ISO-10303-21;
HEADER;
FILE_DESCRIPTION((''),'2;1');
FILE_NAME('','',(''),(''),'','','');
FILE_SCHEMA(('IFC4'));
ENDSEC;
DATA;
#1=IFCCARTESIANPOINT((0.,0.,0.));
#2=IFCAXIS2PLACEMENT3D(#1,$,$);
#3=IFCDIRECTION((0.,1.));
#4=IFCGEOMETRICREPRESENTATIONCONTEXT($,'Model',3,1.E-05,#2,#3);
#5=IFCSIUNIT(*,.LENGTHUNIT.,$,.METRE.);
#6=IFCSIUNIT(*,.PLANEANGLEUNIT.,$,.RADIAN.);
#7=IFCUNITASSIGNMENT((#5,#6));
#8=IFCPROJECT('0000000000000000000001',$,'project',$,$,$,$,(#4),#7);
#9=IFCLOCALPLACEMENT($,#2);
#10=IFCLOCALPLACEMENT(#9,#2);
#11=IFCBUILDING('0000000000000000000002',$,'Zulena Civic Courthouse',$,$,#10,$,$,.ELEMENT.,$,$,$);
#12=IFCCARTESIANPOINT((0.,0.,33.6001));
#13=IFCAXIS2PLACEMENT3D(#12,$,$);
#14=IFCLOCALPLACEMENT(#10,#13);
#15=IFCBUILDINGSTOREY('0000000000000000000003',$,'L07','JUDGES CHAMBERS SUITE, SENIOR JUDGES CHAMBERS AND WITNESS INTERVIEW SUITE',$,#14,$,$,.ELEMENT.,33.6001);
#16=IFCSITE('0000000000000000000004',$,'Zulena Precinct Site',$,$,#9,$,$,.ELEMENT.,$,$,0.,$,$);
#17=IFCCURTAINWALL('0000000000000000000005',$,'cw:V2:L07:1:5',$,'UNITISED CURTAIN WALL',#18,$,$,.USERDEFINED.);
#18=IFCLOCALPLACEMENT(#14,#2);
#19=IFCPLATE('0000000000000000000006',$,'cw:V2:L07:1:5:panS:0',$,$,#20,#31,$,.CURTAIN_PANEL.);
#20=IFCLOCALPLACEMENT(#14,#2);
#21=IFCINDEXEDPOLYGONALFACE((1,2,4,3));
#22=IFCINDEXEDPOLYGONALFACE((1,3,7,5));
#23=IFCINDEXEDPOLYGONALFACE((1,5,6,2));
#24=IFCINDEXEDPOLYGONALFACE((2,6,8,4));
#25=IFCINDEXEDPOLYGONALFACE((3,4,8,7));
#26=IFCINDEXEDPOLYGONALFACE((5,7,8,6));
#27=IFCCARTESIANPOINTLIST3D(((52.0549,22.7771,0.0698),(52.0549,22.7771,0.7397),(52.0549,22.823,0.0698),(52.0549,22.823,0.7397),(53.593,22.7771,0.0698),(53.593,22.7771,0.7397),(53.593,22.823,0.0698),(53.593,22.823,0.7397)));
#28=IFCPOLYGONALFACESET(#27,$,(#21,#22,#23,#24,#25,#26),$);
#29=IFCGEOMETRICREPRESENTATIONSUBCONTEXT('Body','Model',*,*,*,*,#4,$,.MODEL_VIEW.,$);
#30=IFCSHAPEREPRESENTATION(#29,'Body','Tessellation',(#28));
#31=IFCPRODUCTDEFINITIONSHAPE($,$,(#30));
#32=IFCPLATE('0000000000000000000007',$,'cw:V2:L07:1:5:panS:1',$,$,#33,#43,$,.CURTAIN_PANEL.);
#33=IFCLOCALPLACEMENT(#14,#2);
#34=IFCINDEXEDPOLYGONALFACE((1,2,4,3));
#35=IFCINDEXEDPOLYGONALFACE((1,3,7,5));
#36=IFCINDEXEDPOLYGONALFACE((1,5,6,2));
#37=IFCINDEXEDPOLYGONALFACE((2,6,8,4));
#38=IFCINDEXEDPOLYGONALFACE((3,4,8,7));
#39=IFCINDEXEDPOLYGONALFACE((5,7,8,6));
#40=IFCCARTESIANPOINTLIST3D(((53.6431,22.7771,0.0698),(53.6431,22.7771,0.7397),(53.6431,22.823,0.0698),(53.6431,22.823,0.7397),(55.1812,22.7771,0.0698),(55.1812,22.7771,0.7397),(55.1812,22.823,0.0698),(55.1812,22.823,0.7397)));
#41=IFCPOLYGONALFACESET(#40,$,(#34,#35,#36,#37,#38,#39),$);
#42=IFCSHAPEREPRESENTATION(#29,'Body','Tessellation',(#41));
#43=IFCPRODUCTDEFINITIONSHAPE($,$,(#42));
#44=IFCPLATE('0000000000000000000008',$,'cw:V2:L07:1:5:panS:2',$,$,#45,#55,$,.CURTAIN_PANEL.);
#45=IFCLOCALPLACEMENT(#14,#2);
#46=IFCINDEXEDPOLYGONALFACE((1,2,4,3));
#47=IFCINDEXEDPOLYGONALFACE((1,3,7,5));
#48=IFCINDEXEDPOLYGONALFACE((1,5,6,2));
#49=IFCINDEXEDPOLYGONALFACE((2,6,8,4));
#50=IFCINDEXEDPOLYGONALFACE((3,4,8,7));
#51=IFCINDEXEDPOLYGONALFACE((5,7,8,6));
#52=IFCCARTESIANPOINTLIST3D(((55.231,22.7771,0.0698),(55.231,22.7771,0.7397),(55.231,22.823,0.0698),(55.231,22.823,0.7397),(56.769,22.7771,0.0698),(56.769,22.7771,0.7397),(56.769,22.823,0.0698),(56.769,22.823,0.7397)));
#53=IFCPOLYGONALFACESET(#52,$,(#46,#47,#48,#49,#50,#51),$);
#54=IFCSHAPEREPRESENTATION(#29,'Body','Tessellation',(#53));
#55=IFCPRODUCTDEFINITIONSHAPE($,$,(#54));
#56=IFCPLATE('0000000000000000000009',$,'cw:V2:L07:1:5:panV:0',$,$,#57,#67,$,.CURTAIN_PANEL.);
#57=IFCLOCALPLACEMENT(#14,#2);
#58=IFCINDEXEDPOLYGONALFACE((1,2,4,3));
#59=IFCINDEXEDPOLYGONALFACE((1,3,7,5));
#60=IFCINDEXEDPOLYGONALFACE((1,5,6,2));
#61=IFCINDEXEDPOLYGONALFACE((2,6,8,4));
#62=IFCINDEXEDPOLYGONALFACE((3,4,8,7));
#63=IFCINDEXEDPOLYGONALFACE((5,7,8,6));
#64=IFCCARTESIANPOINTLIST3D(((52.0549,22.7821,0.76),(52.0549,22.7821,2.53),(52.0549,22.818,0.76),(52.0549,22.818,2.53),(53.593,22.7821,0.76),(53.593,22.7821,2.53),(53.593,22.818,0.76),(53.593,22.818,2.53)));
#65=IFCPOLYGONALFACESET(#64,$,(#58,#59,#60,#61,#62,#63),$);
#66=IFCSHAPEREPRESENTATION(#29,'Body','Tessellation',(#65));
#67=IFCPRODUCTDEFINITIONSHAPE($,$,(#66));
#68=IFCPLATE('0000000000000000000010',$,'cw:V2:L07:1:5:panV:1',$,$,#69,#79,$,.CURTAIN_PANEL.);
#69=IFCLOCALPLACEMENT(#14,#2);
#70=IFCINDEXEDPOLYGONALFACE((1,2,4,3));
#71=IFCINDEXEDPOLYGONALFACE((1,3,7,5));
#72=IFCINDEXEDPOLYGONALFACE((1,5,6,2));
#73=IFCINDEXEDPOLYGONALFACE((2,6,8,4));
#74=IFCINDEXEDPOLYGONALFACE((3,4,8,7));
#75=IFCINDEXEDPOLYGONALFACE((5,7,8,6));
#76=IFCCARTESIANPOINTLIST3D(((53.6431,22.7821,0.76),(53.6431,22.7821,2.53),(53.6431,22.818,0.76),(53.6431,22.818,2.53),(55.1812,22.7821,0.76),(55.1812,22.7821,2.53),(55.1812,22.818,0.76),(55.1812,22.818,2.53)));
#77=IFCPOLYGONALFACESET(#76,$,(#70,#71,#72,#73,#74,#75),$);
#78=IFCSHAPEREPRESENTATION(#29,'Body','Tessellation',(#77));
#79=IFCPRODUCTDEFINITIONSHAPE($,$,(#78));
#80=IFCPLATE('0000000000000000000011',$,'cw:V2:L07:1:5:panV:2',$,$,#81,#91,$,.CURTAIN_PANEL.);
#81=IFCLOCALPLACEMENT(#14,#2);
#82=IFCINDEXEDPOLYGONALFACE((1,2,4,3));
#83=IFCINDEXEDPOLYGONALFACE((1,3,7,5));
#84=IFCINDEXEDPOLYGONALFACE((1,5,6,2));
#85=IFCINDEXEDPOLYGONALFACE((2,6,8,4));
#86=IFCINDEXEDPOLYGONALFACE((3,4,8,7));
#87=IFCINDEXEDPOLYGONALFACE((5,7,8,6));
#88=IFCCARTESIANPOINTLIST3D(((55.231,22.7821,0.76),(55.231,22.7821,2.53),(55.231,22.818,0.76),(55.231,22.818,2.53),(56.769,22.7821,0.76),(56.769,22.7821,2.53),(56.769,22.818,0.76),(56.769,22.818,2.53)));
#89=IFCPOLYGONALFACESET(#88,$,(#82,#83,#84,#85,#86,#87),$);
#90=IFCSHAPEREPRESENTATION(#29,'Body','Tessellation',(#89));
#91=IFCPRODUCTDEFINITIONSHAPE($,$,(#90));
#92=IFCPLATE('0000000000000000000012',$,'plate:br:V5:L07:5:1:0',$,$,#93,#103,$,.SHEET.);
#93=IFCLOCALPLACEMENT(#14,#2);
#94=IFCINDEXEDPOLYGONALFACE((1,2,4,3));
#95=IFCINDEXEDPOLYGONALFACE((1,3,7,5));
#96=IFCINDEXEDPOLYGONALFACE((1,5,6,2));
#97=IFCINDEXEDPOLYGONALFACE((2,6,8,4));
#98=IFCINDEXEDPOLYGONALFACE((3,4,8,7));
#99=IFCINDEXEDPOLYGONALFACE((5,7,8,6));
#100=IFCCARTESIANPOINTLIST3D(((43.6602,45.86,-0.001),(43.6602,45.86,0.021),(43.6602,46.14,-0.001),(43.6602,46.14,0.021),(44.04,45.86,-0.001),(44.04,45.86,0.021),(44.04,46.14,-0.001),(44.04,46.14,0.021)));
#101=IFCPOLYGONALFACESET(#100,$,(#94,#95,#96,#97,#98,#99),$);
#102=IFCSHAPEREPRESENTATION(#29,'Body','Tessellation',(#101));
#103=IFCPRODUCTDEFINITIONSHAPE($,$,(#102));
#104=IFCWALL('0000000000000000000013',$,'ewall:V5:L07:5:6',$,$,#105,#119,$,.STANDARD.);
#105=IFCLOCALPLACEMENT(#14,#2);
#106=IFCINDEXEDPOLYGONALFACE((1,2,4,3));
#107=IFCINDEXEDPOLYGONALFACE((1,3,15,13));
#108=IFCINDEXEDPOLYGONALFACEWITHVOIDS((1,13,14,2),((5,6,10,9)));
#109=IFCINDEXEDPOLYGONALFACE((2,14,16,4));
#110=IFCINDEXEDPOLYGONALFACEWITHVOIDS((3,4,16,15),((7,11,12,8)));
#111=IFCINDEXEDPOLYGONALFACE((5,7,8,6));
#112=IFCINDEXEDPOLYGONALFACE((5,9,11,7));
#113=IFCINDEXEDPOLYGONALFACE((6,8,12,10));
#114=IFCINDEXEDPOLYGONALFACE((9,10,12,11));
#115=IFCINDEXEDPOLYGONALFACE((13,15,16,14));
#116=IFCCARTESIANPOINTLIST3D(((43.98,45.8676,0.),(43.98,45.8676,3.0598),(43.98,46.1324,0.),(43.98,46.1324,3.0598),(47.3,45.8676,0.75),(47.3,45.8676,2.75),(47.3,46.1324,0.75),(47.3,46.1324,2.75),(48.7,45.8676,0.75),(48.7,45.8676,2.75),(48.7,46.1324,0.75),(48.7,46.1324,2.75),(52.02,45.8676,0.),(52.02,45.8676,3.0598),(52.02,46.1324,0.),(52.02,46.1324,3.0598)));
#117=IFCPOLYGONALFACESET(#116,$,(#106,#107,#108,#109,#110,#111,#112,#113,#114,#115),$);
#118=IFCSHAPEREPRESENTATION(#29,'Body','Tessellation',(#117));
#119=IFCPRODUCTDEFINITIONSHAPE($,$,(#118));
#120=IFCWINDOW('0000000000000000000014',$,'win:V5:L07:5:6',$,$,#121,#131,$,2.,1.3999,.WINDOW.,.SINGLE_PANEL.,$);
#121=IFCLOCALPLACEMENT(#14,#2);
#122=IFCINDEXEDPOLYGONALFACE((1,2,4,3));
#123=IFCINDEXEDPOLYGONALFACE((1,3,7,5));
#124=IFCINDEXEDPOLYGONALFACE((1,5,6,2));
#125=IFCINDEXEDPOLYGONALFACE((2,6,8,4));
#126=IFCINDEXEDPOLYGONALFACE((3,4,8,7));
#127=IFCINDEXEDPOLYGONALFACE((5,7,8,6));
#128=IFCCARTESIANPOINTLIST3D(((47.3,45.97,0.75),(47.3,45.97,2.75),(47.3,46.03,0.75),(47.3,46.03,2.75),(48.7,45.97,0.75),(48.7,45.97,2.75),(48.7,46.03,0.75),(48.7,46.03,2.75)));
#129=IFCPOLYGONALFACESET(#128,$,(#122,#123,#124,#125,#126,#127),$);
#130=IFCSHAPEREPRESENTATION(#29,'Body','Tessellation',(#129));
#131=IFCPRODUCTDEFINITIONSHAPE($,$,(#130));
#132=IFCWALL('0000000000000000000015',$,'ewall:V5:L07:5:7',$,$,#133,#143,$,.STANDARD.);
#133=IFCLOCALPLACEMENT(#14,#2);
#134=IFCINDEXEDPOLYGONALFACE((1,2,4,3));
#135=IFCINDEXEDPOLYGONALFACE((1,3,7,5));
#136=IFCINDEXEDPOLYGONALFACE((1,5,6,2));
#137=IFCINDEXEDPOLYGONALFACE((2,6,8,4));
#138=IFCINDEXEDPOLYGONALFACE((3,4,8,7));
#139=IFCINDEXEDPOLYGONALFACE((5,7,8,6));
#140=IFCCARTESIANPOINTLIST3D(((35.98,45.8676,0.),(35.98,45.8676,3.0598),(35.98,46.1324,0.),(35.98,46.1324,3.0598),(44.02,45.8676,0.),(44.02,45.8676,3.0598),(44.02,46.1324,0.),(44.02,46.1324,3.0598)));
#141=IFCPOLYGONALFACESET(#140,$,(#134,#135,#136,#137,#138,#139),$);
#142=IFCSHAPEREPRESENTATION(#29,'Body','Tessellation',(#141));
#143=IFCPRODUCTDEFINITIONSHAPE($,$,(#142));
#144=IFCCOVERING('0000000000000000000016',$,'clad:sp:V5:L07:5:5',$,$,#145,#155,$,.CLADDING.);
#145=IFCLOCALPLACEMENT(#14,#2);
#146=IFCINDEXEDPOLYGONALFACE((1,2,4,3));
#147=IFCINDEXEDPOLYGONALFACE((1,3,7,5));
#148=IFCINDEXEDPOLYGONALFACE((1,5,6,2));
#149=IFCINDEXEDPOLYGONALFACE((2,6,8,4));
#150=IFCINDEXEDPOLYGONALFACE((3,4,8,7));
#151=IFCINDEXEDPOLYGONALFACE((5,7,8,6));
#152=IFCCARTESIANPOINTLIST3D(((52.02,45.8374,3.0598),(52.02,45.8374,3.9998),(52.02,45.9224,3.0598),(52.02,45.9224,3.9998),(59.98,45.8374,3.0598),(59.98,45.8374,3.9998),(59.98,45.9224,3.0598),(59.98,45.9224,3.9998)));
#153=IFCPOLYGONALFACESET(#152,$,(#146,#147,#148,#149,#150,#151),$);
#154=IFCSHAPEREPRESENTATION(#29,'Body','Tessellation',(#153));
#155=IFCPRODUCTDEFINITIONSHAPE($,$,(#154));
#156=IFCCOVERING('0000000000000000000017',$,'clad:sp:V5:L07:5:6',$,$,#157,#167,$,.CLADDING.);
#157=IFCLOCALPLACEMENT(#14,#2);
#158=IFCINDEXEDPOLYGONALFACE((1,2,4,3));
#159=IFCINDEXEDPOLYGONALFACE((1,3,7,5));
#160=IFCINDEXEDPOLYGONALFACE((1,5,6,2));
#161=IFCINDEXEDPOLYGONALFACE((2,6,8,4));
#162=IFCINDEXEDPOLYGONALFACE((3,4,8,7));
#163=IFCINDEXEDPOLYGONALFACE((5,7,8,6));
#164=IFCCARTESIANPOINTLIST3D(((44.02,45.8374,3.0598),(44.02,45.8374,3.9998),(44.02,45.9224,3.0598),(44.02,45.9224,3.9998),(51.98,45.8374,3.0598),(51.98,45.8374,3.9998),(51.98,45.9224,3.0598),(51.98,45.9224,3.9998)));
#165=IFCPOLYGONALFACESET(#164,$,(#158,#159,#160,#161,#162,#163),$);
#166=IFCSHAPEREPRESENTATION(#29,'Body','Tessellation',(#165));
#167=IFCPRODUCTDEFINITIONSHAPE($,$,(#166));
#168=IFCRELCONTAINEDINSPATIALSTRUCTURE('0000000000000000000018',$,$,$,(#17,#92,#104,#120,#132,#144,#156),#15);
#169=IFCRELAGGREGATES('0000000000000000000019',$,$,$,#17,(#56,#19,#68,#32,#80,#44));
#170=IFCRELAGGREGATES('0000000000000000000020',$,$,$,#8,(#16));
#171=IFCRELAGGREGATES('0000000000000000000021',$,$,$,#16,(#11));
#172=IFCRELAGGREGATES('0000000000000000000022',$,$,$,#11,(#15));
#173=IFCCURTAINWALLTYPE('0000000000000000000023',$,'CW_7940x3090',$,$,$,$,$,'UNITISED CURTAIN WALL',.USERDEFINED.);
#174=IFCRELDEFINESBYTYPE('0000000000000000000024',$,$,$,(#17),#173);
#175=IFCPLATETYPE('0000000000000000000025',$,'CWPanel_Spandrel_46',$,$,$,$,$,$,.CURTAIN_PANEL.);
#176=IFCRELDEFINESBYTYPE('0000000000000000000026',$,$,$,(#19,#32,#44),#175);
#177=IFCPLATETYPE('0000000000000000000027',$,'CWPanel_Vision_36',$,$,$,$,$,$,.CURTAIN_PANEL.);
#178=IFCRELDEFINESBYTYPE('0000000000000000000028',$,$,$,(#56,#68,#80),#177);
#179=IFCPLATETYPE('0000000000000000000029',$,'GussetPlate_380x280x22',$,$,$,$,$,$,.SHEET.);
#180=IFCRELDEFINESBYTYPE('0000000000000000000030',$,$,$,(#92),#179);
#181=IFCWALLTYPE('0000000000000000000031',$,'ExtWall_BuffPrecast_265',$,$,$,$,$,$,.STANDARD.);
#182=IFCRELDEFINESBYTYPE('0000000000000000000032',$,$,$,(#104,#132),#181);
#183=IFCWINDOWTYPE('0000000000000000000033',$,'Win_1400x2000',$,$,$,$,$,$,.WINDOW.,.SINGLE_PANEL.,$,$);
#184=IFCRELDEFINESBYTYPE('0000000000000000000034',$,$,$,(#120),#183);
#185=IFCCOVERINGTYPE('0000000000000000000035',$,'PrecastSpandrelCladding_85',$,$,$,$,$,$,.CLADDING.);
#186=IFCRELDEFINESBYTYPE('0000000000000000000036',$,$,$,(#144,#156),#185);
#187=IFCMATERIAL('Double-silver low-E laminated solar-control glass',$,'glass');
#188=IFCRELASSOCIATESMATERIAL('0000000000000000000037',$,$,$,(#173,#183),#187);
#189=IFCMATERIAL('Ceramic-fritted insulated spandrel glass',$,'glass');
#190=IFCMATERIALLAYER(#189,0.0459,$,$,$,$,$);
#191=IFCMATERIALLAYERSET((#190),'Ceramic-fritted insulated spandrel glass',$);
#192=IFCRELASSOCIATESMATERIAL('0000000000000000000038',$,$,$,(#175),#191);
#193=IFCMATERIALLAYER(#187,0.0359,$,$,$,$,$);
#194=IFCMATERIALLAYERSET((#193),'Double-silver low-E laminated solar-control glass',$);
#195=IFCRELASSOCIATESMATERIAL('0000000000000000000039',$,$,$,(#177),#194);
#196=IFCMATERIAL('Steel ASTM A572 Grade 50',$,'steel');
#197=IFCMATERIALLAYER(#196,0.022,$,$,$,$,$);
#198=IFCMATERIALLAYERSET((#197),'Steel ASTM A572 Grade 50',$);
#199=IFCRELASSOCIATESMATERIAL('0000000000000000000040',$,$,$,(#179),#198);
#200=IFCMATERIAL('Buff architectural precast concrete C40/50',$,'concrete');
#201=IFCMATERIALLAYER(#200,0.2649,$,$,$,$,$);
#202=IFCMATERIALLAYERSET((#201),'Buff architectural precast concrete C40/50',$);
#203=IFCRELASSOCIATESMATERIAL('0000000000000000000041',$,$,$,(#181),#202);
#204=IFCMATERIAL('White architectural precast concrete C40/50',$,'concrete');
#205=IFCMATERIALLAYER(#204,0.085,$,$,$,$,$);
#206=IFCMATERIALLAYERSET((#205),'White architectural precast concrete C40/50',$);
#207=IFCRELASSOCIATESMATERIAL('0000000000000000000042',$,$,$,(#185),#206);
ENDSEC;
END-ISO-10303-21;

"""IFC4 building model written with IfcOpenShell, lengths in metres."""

from ifc_helpers import new_model, si_unit, direction, frame, frame_2d, origin, origin_2d, place, context, subcontext, project, spatial, rectangle, extrude, material, layer, layer_set, type_object, element, fill, aggregate, save


model = new_model("IFC4")

# Units and contexts
model_context = context("Model", 3, precision=1e-05, world=origin(), true_north=direction((0.0, 1.0)))
body_context = subcontext(model_context, "Body", "Model", "MODEL_VIEW")
ifc_project = project(units=[si_unit("LENGTHUNIT", "METRE"), si_unit("PLANEANGLEUNIT", "RADIAN")], contexts=[model_context])

# Site, building, storey
site_placement = place(None, origin())
site = spatial("IfcSite", under=ifc_project, at=site_placement, Name="Zulena Precinct Site", CompositionType="ELEMENT", RefElevation=0.0)
building_placement = place(site_placement, origin())
building = spatial("IfcBuilding", under=site, at=building_placement, Name="Zulena Civic Courthouse", CompositionType="ELEMENT")
storey_placement = place(building_placement, frame((0.0, 0.0, 33.6001)))
storey = spatial("IfcBuildingStorey", under=building, at=storey_placement, Name="L07", Description="JUDGES CHAMBERS SUITE, SENIOR JUDGES CHAMBERS AND WITNESS INTERVIEW SUITE", CompositionType="ELEMENT", Elevation=33.6001)

# Curtain wall
ifc_material_1 = material(Name="Double-silver low-E laminated solar-control glass", Category="glass")
curtain_wall_type = type_object("IfcCurtainWallType", Name="CW_7940x3090", ElementType="UNITISED CURTAIN WALL", PredefinedType="USERDEFINED", material=ifc_material_1)
curtain_wall_placement = place(storey_placement, origin())
curtain_wall = element("IfcCurtainWall", 1, at=curtain_wall_placement, inside=storey, type_object=curtain_wall_type, Name="cw:V2:L07:1:5", ObjectType="UNITISED CURTAIN WALL", PredefinedType="USERDEFINED")

# Plates
ifc_material_2 = material(Name="Ceramic-fritted insulated spandrel glass", Category="glass")
ifc_layer_1 = layer(ifc_material_2, 0.0459)
ifc_layer_set_1 = layer_set([ifc_layer_1], Name="Ceramic-fritted insulated spandrel glass")
plate_type_1 = type_object("IfcPlateType", Name="CWPanel_Spandrel_46", PredefinedType="CURTAIN_PANEL", material=ifc_layer_set_1)
plate_1_placement = place(storey_placement, frame((52.824, 22.8, 0.0698), z_axis=(0.0, 0.0, 1.0), x_axis=(1.0, 0.0, 0.0)))
plate_1 = element("IfcPlate", 2, at=plate_1_placement, type_object=plate_type_1, Name="cw:V2:L07:1:5:panS:0", PredefinedType="CURTAIN_PANEL", context=body_context, shape_type="SweptSolid", body=[
    extrude(rectangle(XDim=1.5381, YDim=0.0459, at=origin_2d()), origin(), (0.0, 0.0, 1.0), 0.6699),
])
plate_2_placement = place(storey_placement, frame((54.4121, 22.8, 0.0698), z_axis=(0.0, 0.0, 1.0), x_axis=(1.0, 0.0, 0.0)))
plate_2 = element("IfcPlate", 3, at=plate_2_placement, type_object=plate_type_1, Name="cw:V2:L07:1:5:panS:1", PredefinedType="CURTAIN_PANEL", context=body_context, shape_type="SweptSolid", body=[
    extrude(rectangle(XDim=1.5381, YDim=0.0459, at=origin_2d()), origin(), (0.0, 0.0, 1.0), 0.6699),
])
plate_3_placement = place(storey_placement, frame((56.0, 22.8, 0.0698), z_axis=(0.0, 0.0, 1.0), x_axis=(1.0, 0.0, 0.0)))
plate_3 = element("IfcPlate", 4, at=plate_3_placement, type_object=plate_type_1, Name="cw:V2:L07:1:5:panS:2", PredefinedType="CURTAIN_PANEL", context=body_context, shape_type="SweptSolid", body=[
    extrude(rectangle(XDim=1.5381, YDim=0.0459, at=origin_2d()), origin(), (0.0, 0.0, 1.0), 0.6699),
])
ifc_layer_2 = layer(ifc_material_1, 0.0359)
ifc_layer_set_2 = layer_set([ifc_layer_2], Name="Double-silver low-E laminated solar-control glass")
plate_type_2 = type_object("IfcPlateType", Name="CWPanel_Vision_36", PredefinedType="CURTAIN_PANEL", material=ifc_layer_set_2)
plate_4_placement = place(storey_placement, frame((52.824, 22.8, 0.76), z_axis=(0.0, 0.0, 1.0), x_axis=(1.0, 0.0, 0.0)))
plate_4 = element("IfcPlate", 5, at=plate_4_placement, type_object=plate_type_2, Name="cw:V2:L07:1:5:panV:0", PredefinedType="CURTAIN_PANEL", context=body_context, shape_type="SweptSolid", body=[
    extrude(rectangle(XDim=1.5381, YDim=0.0359, at=origin_2d()), origin(), (0.0, 0.0, 1.0), 1.77),
])
plate_5_placement = place(storey_placement, frame((54.4121, 22.8, 0.76), z_axis=(0.0, 0.0, 1.0), x_axis=(1.0, 0.0, 0.0)))
plate_5 = element("IfcPlate", 6, at=plate_5_placement, type_object=plate_type_2, Name="cw:V2:L07:1:5:panV:1", PredefinedType="CURTAIN_PANEL", context=body_context, shape_type="SweptSolid", body=[
    extrude(rectangle(XDim=1.5381, YDim=0.0359, at=origin_2d()), origin(), (0.0, 0.0, 1.0), 1.77),
])
plate_6_placement = place(storey_placement, frame((56.0, 22.8, 0.76), z_axis=(0.0, 0.0, 1.0), x_axis=(1.0, 0.0, 0.0)))
plate_6 = element("IfcPlate", 7, at=plate_6_placement, type_object=plate_type_2, Name="cw:V2:L07:1:5:panV:2", PredefinedType="CURTAIN_PANEL", context=body_context, shape_type="SweptSolid", body=[
    extrude(rectangle(XDim=1.5381, YDim=0.0359, at=origin_2d()), origin(), (0.0, 0.0, 1.0), 1.77),
])
aggregate(curtain_wall, [plate_4, plate_1, plate_5, plate_2, plate_6, plate_3])
ifc_material_3 = material(Name="Steel ASTM A572 Grade 50", Category="steel")
ifc_layer_3 = layer(ifc_material_3, 0.022)
ifc_layer_set_3 = layer_set([ifc_layer_3], Name="Steel ASTM A572 Grade 50")
plate_type_3 = type_object("IfcPlateType", Name="GussetPlate_380x280x22", PredefinedType="SHEET", material=ifc_layer_set_3)
plate_7_placement = place(storey_placement, frame((43.8501, 46.0, -0.001), z_axis=(0.0, 0.0, 1.0), x_axis=(1.0, 0.0, 0.0)))
element("IfcPlate", 8, at=plate_7_placement, inside=storey, type_object=plate_type_3, Name="plate:br:V5:L07:5:1:0", PredefinedType="SHEET", context=body_context, shape_type="SweptSolid", body=[
    extrude(rectangle(XDim=0.3799, YDim=0.28, at=origin_2d()), origin(), (0.0, 0.0, 1.0), 0.022),
])

# Wall, opening, window
ifc_material_4 = material(Name="Buff architectural precast concrete C40/50", Category="concrete")
ifc_layer_4 = layer(ifc_material_4, 0.2649)
ifc_layer_set_4 = layer_set([ifc_layer_4], Name="Buff architectural precast concrete C40/50")
wall_type = type_object("IfcWallType", Name="ExtWall_BuffPrecast_265", PredefinedType="STANDARD", material=ifc_layer_set_4)
wall_1_placement = place(storey_placement, frame((52.02, 46.0, 0.0), z_axis=(0.0, 0.0, 1.0), x_axis=(-1.0, 0.0, 0.0)))
wall_1 = element("IfcWall", 9, at=wall_1_placement, inside=storey, type_object=wall_type, Name="ewall:V5:L07:5:6", PredefinedType="STANDARD", context=body_context, shape_type="SweptSolid", body=[
    extrude(rectangle(XDim=8.04, YDim=0.2649, at=frame_2d((4.02, 0.0))), origin(), (0.0, 0.0, 1.0), 3.0598),
])
opening_placement = place(wall_1_placement, frame((3.3201, 0.0, 0.75)))
opening = element("IfcOpeningElement", 10, at=opening_placement, cuts=wall_1, PredefinedType="OPENING", context=body_context, shape_type="SweptSolid", body=[
    extrude(rectangle(XDim=1.3999, YDim=2.0, at=frame_2d((0.7, 1.0))), frame((0.0, 0.1423, 0.0), z_axis=(0.0, -1.0, 0.0), x_axis=(1.0, 0.0, 0.0)), (0.0, 0.0, 1.0), 0.2849),
])
window_type = type_object("IfcWindowType", Name="Win_1400x2000", PartitioningType="SINGLE_PANEL", PredefinedType="WINDOW", material=ifc_material_1)
window_placement = place(opening_placement, origin())
window = element("IfcWindow", 11, at=window_placement, inside=storey, type_object=window_type, Name="win:V5:L07:5:6", OverallHeight=2.0, OverallWidth=1.3999, PartitioningType="SINGLE_PANEL", PredefinedType="WINDOW", context=body_context, shape_type="SweptSolid", body=[
    extrude(rectangle(XDim=1.3999, YDim=2.0, at=frame_2d((0.7, 1.0))), frame((0.0, 0.03, 0.0), z_axis=(0.0, -1.0, 0.0), x_axis=(1.0, 0.0, 0.0)), (0.0, 0.0, 1.0), 0.0601),
])
fill(opening, window)

# Wall
wall_2_placement = place(storey_placement, frame((44.02, 46.0, 0.0), z_axis=(0.0, 0.0, 1.0), x_axis=(-1.0, 0.0, 0.0)))
element("IfcWall", 12, at=wall_2_placement, inside=storey, type_object=wall_type, Name="ewall:V5:L07:5:7", PredefinedType="STANDARD", context=body_context, shape_type="SweptSolid", body=[
    extrude(rectangle(XDim=8.04, YDim=0.2649, at=frame_2d((4.02, 0.0))), origin(), (0.0, 0.0, 1.0), 3.0598),
])

# Coverings
ifc_material_5 = material(Name="White architectural precast concrete C40/50", Category="concrete")
ifc_layer_5 = layer(ifc_material_5, 0.085)
ifc_layer_set_5 = layer_set([ifc_layer_5], Name="White architectural precast concrete C40/50")
covering_type = type_object("IfcCoveringType", Name="PrecastSpandrelCladding_85", PredefinedType="CLADDING", material=ifc_layer_set_5)
for number, where, z_axis, x_axis, name in (
    (13, (56.0, 45.8799, 3.0598), (0.0, 0.0, 1.0), (-1.0, 0.0, 0.0), "clad:sp:V5:L07:5:5"),
    (14, (48.0, 45.8799, 3.0598), (0.0, 0.0, 1.0), (-1.0, 0.0, 0.0), "clad:sp:V5:L07:5:6"),
):
    element("IfcCovering", number, at=place(storey_placement, frame(where, z_axis=z_axis, x_axis=x_axis)), inside=storey, type_object=covering_type, Name=name, PredefinedType="CLADDING", context=body_context, shape_type="SweptSolid", body=[
        extrude(rectangle(XDim=7.96, YDim=0.085, at=origin_2d()), origin(), (0.0, 0.0, 1.0), 0.9399),
    ])

save(model, "model.ifc")
